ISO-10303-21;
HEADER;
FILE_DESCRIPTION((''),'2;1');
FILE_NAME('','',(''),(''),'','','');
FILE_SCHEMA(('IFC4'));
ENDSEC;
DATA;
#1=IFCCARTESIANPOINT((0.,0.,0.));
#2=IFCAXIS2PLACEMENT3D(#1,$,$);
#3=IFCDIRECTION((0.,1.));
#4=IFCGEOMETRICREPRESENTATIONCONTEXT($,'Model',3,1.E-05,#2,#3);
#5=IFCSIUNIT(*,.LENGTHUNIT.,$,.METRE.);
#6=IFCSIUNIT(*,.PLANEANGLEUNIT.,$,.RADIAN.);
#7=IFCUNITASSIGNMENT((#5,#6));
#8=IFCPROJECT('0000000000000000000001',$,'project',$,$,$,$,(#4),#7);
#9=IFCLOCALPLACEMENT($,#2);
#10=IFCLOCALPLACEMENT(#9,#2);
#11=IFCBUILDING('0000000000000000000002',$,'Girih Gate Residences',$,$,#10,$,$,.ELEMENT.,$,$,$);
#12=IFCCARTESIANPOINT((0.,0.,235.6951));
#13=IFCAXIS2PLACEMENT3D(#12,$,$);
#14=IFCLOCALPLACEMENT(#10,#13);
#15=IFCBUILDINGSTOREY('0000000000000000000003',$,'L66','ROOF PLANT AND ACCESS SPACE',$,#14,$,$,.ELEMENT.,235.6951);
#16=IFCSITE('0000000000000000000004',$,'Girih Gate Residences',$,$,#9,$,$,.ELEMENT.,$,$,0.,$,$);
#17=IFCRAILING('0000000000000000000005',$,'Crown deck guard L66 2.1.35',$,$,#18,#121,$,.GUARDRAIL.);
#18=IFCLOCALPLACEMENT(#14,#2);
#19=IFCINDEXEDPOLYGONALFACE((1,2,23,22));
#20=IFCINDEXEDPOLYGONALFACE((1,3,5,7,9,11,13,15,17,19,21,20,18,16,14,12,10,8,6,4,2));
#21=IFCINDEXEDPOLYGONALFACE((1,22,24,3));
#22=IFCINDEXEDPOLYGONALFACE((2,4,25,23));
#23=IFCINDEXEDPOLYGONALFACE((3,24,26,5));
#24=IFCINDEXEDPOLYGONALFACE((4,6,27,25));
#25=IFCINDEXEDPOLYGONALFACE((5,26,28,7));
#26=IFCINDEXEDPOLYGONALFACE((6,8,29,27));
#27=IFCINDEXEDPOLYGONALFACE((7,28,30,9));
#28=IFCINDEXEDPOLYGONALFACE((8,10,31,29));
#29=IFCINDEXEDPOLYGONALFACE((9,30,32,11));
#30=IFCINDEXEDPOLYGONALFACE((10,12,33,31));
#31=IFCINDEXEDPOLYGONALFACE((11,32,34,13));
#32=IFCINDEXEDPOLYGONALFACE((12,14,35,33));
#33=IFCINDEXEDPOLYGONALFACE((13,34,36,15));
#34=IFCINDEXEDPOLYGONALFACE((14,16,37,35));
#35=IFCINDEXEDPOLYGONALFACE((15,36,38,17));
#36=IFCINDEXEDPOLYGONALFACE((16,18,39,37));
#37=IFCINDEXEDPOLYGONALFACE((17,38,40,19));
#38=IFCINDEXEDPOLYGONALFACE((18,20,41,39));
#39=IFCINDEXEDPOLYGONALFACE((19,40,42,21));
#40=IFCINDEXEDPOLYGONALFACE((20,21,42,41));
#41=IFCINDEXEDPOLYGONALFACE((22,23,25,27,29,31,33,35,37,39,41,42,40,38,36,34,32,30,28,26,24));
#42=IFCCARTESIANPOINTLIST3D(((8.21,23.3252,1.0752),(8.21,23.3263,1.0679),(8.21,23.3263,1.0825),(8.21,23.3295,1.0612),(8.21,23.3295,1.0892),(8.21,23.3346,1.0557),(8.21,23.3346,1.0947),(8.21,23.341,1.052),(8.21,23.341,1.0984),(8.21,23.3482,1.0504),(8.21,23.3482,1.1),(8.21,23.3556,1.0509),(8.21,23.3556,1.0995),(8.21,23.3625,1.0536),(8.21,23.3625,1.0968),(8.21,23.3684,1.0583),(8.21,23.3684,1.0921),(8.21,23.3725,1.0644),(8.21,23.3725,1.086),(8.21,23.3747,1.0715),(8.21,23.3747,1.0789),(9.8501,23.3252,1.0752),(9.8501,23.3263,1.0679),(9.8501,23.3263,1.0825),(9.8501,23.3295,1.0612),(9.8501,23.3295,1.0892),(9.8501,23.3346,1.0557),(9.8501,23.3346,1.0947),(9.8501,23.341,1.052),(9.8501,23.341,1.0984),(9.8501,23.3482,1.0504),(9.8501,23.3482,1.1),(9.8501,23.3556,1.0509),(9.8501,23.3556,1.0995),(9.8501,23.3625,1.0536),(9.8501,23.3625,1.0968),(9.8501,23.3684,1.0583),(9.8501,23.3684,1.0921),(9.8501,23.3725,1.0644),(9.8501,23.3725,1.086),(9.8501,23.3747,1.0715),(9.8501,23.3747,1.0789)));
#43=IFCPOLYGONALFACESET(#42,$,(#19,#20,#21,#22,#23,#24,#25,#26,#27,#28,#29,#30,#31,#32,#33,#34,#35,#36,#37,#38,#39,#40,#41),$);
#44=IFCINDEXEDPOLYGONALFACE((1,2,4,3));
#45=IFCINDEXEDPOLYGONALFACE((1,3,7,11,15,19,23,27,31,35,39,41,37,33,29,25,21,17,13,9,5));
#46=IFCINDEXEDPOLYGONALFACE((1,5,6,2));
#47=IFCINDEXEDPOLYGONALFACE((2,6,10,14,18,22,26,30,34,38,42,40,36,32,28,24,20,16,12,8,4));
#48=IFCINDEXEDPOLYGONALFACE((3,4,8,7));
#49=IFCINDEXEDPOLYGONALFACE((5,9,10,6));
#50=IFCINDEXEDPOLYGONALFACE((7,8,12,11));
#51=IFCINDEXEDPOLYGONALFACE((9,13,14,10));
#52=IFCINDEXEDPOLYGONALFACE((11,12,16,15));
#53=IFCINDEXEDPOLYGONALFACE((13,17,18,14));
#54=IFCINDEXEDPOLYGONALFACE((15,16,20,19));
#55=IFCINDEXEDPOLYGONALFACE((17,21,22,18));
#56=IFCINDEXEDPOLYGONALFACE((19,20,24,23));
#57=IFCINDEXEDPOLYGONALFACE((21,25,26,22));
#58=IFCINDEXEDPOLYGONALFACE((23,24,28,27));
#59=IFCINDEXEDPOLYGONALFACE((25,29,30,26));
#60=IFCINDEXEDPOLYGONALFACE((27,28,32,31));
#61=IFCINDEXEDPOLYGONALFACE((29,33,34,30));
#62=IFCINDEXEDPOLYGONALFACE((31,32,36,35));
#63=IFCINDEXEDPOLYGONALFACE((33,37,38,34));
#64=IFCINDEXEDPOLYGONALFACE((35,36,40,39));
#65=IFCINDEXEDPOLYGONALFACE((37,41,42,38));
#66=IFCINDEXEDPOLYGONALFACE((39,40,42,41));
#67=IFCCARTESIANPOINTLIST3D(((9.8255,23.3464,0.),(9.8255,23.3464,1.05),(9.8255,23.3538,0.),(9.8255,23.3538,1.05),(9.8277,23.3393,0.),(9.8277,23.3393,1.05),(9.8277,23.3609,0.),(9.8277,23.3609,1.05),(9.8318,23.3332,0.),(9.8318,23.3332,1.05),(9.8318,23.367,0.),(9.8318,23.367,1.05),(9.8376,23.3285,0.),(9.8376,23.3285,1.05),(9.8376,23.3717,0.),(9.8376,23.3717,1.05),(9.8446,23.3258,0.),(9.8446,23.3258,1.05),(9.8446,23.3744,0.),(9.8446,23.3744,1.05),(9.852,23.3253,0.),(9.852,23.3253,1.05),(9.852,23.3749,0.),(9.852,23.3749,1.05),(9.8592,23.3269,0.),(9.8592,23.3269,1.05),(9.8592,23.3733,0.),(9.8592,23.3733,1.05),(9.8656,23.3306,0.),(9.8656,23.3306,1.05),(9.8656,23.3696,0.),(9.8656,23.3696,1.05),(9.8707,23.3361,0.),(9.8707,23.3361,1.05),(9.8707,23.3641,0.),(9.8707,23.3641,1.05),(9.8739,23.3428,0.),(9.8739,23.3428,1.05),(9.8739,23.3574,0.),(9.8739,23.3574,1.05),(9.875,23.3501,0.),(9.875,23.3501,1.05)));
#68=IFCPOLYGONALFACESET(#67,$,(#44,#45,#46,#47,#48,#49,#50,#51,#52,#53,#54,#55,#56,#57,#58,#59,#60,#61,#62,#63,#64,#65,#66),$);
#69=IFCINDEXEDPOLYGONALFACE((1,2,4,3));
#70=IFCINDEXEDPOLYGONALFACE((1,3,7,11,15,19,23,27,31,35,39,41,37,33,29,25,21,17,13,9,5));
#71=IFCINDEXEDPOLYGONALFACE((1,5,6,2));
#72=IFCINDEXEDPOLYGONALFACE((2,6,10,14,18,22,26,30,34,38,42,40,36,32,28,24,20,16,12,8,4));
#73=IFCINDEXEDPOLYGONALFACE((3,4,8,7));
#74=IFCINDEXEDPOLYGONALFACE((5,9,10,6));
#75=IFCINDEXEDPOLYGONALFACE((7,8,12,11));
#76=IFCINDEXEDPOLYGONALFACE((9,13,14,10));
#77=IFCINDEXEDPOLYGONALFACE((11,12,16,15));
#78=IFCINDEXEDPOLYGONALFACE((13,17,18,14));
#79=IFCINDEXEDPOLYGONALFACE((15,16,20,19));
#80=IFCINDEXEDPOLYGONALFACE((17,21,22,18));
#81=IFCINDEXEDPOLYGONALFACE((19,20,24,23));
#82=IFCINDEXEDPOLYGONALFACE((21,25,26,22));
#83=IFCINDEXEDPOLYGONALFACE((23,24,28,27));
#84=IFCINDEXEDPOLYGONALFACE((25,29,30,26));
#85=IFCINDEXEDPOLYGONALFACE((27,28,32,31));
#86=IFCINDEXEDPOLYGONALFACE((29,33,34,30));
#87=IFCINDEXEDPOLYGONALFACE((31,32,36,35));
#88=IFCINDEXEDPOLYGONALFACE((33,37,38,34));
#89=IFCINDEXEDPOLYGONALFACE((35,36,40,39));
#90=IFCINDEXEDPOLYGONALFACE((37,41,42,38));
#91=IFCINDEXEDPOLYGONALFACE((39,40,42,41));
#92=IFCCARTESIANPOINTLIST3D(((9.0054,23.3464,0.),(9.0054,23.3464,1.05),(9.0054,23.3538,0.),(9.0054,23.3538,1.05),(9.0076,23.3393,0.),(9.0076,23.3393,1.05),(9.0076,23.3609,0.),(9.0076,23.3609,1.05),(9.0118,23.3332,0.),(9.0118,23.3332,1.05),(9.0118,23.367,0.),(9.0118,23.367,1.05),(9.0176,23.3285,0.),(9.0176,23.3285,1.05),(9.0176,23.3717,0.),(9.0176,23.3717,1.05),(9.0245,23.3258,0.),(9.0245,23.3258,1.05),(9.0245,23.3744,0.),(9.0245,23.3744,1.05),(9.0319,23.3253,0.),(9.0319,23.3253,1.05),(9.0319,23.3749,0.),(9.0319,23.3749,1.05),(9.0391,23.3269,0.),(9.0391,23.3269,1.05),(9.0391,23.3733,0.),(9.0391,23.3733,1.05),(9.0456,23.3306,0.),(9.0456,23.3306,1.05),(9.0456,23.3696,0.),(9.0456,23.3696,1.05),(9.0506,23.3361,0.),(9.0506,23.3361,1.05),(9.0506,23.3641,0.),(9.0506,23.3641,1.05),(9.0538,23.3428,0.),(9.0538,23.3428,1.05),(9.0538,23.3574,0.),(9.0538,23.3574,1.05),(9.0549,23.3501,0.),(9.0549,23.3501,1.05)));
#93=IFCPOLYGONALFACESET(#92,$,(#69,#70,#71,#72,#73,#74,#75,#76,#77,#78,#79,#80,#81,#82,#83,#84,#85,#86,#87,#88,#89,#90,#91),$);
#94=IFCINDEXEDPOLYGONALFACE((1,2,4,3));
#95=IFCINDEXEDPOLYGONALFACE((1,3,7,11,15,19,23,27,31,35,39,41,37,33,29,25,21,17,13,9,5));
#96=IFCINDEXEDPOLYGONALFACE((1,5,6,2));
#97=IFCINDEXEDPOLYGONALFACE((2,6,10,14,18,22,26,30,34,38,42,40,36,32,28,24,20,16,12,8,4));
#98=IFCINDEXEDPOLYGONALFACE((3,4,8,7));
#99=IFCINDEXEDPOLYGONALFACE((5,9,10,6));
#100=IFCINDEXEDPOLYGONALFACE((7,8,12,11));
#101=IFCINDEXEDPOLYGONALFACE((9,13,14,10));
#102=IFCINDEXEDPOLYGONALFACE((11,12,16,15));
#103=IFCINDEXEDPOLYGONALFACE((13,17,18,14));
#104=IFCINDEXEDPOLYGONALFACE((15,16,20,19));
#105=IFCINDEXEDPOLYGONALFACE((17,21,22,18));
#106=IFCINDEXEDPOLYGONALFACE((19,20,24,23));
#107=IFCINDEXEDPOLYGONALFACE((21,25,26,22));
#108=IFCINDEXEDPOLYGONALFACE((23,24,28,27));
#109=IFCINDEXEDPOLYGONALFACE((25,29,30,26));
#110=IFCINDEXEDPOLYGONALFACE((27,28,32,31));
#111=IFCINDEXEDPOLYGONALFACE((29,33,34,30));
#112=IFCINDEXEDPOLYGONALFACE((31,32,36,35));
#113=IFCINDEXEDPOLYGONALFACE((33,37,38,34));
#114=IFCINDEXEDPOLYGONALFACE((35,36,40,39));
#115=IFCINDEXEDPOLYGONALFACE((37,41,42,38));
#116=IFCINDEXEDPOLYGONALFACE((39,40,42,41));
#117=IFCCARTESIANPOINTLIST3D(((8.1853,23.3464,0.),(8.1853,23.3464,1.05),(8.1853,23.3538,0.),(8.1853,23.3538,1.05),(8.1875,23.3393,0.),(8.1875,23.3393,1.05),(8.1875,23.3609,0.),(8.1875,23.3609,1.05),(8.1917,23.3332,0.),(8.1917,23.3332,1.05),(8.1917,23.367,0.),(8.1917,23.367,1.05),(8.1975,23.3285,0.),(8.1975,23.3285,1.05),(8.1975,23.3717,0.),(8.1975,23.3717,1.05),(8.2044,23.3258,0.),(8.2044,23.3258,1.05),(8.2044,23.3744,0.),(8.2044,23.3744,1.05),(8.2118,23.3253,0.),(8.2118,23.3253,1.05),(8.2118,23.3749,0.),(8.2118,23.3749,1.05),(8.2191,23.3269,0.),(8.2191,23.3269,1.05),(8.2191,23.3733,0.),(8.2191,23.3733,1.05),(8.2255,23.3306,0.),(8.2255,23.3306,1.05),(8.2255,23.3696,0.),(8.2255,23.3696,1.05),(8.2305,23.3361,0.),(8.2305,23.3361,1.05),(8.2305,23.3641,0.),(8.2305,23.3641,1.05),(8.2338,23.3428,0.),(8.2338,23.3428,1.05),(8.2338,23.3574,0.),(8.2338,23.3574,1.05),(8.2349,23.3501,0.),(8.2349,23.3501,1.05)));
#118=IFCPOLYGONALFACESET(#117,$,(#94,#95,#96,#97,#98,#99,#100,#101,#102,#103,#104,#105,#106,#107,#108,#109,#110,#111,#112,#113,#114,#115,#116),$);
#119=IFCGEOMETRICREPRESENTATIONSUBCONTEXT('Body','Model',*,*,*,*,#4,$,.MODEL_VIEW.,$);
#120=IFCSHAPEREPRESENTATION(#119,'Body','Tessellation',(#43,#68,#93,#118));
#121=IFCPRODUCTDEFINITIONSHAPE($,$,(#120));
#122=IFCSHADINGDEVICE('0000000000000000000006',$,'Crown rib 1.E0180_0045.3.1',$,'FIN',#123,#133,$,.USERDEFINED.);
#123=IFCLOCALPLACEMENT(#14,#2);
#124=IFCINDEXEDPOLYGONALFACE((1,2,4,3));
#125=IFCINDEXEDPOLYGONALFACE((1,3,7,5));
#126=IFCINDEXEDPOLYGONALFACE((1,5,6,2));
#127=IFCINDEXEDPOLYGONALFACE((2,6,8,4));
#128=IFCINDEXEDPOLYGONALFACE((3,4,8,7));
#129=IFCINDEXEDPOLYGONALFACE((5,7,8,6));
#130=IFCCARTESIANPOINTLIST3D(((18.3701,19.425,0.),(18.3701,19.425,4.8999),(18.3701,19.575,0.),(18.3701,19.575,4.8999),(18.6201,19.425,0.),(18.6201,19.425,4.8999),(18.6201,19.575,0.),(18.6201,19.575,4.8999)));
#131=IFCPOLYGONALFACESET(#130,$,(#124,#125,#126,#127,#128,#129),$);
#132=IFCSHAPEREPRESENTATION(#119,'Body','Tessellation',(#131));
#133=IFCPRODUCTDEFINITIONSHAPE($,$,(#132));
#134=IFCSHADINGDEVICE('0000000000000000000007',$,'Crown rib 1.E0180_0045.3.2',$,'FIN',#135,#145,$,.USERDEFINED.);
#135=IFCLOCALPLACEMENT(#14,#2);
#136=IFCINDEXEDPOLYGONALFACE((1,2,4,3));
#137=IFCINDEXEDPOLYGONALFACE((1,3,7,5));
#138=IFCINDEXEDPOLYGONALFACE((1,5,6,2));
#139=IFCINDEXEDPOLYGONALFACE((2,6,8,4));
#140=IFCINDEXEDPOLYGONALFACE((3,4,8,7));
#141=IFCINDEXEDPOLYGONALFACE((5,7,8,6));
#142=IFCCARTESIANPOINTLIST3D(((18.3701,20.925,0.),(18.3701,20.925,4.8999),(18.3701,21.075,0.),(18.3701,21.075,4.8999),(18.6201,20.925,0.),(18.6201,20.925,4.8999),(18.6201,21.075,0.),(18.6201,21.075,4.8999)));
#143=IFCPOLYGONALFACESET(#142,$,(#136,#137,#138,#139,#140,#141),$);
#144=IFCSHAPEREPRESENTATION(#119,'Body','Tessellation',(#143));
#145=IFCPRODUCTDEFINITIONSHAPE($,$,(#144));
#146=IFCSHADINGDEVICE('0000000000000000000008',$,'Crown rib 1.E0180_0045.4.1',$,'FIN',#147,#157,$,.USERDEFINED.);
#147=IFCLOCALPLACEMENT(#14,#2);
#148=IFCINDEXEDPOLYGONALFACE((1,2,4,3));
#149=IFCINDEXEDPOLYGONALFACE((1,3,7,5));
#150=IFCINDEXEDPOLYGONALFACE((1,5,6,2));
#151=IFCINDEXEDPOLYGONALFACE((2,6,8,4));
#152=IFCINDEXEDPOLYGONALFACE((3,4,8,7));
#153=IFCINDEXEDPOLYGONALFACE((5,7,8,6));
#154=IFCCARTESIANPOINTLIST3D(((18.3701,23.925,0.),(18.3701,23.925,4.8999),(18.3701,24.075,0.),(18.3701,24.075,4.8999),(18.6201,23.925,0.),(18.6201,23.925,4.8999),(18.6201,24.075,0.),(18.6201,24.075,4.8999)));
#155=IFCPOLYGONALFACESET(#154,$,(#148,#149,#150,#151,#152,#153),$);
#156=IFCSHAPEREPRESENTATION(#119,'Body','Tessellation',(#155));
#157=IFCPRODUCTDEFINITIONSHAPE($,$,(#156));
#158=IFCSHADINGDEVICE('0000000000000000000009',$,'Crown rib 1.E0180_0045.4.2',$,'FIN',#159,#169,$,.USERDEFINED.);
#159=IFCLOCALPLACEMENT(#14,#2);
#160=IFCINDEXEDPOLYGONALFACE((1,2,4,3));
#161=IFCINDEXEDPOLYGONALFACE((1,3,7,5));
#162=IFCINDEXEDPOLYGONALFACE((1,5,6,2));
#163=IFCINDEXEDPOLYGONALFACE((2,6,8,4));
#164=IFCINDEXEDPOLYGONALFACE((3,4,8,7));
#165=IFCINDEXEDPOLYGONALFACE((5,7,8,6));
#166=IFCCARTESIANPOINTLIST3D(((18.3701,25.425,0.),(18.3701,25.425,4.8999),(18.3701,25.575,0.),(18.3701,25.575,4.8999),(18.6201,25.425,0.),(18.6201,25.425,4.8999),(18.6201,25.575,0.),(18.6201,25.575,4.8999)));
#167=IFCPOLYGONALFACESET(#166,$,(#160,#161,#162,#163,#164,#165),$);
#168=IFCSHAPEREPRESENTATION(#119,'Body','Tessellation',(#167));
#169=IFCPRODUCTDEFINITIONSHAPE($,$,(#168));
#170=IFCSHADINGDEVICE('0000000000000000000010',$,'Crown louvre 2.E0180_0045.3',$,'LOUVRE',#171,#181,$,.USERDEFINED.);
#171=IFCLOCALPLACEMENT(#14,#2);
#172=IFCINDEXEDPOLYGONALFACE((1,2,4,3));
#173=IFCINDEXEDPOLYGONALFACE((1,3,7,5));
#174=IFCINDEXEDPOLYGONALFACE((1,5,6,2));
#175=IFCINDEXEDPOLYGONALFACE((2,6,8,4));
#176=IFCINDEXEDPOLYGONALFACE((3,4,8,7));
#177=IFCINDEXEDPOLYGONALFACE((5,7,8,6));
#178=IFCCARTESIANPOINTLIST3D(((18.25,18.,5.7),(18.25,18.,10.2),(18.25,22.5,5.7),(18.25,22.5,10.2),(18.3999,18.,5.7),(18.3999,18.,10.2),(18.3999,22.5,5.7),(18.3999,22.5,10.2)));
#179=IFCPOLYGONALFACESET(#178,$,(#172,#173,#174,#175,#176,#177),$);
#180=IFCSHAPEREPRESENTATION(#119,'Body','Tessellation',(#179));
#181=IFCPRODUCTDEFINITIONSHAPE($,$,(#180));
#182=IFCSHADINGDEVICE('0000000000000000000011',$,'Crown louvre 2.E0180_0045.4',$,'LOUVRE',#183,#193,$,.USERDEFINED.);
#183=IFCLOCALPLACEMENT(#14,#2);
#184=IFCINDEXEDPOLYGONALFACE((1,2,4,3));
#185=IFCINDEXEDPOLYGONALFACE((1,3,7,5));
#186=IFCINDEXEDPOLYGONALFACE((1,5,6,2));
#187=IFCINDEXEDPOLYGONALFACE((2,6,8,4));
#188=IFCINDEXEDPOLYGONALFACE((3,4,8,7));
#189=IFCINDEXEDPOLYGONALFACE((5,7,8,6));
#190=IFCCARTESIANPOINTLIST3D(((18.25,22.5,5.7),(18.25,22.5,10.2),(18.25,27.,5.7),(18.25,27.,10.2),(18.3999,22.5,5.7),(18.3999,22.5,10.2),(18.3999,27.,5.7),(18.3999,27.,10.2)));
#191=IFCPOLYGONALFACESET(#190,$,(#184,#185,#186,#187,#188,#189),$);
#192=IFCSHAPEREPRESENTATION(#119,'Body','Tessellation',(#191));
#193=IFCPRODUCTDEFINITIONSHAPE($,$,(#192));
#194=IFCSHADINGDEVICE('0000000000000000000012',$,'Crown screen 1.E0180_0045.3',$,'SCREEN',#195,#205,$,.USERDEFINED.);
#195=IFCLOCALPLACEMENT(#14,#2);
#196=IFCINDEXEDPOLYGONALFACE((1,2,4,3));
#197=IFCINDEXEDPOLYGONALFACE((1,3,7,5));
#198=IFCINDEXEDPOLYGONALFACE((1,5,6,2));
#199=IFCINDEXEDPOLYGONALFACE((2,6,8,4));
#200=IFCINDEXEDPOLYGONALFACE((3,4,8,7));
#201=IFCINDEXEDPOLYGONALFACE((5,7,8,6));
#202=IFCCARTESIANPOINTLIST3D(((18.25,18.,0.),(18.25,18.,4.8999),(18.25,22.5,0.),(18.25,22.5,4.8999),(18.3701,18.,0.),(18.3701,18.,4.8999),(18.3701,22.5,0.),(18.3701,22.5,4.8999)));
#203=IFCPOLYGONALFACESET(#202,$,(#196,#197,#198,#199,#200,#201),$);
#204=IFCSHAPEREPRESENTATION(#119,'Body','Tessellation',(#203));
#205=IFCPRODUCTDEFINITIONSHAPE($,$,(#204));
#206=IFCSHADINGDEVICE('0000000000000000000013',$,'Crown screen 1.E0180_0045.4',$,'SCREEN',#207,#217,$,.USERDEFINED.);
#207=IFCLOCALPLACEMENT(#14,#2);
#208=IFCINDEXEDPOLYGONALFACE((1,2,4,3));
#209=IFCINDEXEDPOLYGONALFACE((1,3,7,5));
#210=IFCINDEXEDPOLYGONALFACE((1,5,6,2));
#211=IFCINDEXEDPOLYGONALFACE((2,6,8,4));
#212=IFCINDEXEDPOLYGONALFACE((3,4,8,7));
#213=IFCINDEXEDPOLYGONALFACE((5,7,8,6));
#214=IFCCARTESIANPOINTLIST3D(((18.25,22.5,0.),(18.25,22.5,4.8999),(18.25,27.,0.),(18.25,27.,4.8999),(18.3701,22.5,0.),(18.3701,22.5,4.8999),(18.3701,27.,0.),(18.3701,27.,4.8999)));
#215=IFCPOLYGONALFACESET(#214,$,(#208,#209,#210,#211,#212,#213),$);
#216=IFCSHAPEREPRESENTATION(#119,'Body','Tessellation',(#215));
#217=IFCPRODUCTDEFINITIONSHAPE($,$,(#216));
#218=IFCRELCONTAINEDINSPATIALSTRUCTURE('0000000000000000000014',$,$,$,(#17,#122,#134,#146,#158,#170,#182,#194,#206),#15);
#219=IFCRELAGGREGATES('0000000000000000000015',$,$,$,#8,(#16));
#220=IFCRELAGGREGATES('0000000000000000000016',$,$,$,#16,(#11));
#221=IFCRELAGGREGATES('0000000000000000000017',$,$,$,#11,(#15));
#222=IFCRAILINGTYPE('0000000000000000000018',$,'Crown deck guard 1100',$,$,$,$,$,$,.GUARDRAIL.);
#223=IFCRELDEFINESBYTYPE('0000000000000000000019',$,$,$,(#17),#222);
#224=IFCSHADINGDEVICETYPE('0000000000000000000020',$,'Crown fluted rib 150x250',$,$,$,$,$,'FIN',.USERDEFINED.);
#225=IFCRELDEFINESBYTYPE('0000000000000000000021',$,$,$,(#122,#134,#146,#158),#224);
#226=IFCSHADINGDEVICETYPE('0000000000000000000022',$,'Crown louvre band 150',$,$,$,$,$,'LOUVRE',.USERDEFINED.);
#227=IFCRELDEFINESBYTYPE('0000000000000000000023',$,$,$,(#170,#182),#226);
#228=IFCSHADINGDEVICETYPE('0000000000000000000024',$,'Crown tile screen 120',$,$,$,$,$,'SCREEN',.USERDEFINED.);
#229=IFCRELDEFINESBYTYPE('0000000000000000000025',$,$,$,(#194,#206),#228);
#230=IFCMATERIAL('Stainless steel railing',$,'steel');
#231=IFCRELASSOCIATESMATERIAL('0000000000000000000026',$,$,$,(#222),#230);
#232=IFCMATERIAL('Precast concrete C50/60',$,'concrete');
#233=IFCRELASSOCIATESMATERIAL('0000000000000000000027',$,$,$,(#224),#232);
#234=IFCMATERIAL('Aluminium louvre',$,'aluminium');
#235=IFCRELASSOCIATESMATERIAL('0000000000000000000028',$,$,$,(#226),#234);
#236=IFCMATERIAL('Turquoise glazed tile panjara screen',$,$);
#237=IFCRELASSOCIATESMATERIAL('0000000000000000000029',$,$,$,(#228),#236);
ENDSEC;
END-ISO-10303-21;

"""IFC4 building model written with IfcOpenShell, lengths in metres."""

from ifc_helpers import new_model, si_unit, direction, frame, origin, origin_2d, place, context, subcontext, project, spatial, rectangle, circle, extrude, material, type_object, element, save


model = new_model("IFC4")

# Units and contexts
model_context = context("Model", 3, precision=1e-05, world=origin(), true_north=direction((0.0, 1.0)))
body_context = subcontext(model_context, "Body", "Model", "MODEL_VIEW")
ifc_project = project(units=[si_unit("LENGTHUNIT", "METRE"), si_unit("PLANEANGLEUNIT", "RADIAN")], contexts=[model_context])

# Site, building, storey
site_placement = place(None, origin())
site = spatial("IfcSite", under=ifc_project, at=site_placement, Name="Girih Gate Residences", CompositionType="ELEMENT", RefElevation=0.0)
building_placement = place(site_placement, origin())
building = spatial("IfcBuilding", under=site, at=building_placement, Name="Girih Gate Residences", CompositionType="ELEMENT")
storey_placement = place(building_placement, frame((0.0, 0.0, 235.6951)))
storey = spatial("IfcBuildingStorey", under=building, at=storey_placement, Name="L66", Description="ROOF PLANT AND ACCESS SPACE", CompositionType="ELEMENT", Elevation=235.6951)

# Railing
ifc_material_1 = material(Name="Stainless steel railing", Category="steel")
railing_type = type_object("IfcRailingType", Name="Crown deck guard 1100", PredefinedType="GUARDRAIL", material=ifc_material_1)
railing_1_placement = place(storey_placement, frame((9.8501, 23.3501, 0.0)))
element("IfcRailing", 1, at=railing_1_placement, inside=storey, type_object=railing_type, Name="Crown deck guard L66 2.1.35", PredefinedType="GUARDRAIL", context=body_context, shape_type="SweptSolid", body=[
    extrude(circle(Radius=0.0249, at=origin_2d()), frame((0.0, 0.0, 1.0752), z_axis=(-1.0, 0.0, 0.0), x_axis=(0.0, -1.0, 0.0)), (0.0, 0.0, 1.0), 1.6401),
    extrude(circle(Radius=0.0249, at=origin_2d()), origin(), (0.0, 0.0, 1.0), 1.05),
    extrude(circle(Radius=0.0249, at=origin_2d()), frame((-0.8201, 0.0, 0.0)), (0.0, 0.0, 1.0), 1.05),
    extrude(circle(Radius=0.0249, at=origin_2d()), frame((-1.6401, 0.0, 0.0)), (0.0, 0.0, 1.0), 1.05),
])

# Shading devices
ifc_material_2 = material(Name="Precast concrete C50/60", Category="concrete")
shading_device_type_1 = type_object("IfcShadingDeviceType", Name="Crown fluted rib 150x250", ElementType="FIN", PredefinedType="USERDEFINED", material=ifc_material_2)
for number, where, z_axis, x_axis, name in (
    (2, (18.4951, 19.5, 0.0), (0.0, 0.0, 1.0), (0.0, 1.0, 0.0), "Crown rib 1.E0180_0045.3.1"),
    (3, (18.4951, 21.0, 0.0), (0.0, 0.0, 1.0), (0.0, 1.0, 0.0), "Crown rib 1.E0180_0045.3.2"),
    (4, (18.4951, 24.0, 0.0), (0.0, 0.0, 1.0), (0.0, 1.0, 0.0), "Crown rib 1.E0180_0045.4.1"),
    (5, (18.4951, 25.5, 0.0), (0.0, 0.0, 1.0), (0.0, 1.0, 0.0), "Crown rib 1.E0180_0045.4.2"),
):
    element("IfcShadingDevice", number, at=place(storey_placement, frame(where, z_axis=z_axis, x_axis=x_axis)), inside=storey, type_object=shading_device_type_1, Name=name, ObjectType="FIN", PredefinedType="USERDEFINED", context=body_context, shape_type="SweptSolid", body=[
        extrude(rectangle(XDim=0.1499, YDim=0.25, at=origin_2d()), origin(), (0.0, 0.0, 1.0), 4.8999),
    ])
ifc_material_3 = material(Name="Aluminium louvre", Category="aluminium")
shading_device_type_2 = type_object("IfcShadingDeviceType", Name="Crown louvre band 150", ElementType="LOUVRE", PredefinedType="USERDEFINED", material=ifc_material_3)
for number, where, z_axis, x_axis, name in (
    (6, (18.325, 20.25, 5.7), (0.0, 0.0, 1.0), (0.0, 1.0, 0.0), "Crown louvre 2.E0180_0045.3"),
    (7, (18.325, 24.75, 5.7), (0.0, 0.0, 1.0), (0.0, 1.0, 0.0), "Crown louvre 2.E0180_0045.4"),
):
    element("IfcShadingDevice", number, at=place(storey_placement, frame(where, z_axis=z_axis, x_axis=x_axis)), inside=storey, type_object=shading_device_type_2, Name=name, ObjectType="LOUVRE", PredefinedType="USERDEFINED", context=body_context, shape_type="SweptSolid", body=[
        extrude(rectangle(XDim=4.5, YDim=0.1499, at=origin_2d()), origin(), (0.0, 0.0, 1.0), 4.5),
    ])
ifc_material_4 = material(Name="Turquoise glazed tile panjara screen")
shading_device_type_3 = type_object("IfcShadingDeviceType", Name="Crown tile screen 120", ElementType="SCREEN", PredefinedType="USERDEFINED", material=ifc_material_4)
for number, where, z_axis, x_axis, name in (
    (8, (18.3101, 20.25, 0.0), (0.0, 0.0, 1.0), (0.0, 1.0, 0.0), "Crown screen 1.E0180_0045.3"),
    (9, (18.3101, 24.75, 0.0), (0.0, 0.0, 1.0), (0.0, 1.0, 0.0), "Crown screen 1.E0180_0045.4"),
):
    element("IfcShadingDevice", number, at=place(storey_placement, frame(where, z_axis=z_axis, x_axis=x_axis)), inside=storey, type_object=shading_device_type_3, Name=name, ObjectType="SCREEN", PredefinedType="USERDEFINED", context=body_context, shape_type="SweptSolid", body=[
        extrude(rectangle(XDim=4.5, YDim=0.1201, at=origin_2d()), origin(), (0.0, 0.0, 1.0), 4.8999),
    ])

save(model, "model.ifc")
